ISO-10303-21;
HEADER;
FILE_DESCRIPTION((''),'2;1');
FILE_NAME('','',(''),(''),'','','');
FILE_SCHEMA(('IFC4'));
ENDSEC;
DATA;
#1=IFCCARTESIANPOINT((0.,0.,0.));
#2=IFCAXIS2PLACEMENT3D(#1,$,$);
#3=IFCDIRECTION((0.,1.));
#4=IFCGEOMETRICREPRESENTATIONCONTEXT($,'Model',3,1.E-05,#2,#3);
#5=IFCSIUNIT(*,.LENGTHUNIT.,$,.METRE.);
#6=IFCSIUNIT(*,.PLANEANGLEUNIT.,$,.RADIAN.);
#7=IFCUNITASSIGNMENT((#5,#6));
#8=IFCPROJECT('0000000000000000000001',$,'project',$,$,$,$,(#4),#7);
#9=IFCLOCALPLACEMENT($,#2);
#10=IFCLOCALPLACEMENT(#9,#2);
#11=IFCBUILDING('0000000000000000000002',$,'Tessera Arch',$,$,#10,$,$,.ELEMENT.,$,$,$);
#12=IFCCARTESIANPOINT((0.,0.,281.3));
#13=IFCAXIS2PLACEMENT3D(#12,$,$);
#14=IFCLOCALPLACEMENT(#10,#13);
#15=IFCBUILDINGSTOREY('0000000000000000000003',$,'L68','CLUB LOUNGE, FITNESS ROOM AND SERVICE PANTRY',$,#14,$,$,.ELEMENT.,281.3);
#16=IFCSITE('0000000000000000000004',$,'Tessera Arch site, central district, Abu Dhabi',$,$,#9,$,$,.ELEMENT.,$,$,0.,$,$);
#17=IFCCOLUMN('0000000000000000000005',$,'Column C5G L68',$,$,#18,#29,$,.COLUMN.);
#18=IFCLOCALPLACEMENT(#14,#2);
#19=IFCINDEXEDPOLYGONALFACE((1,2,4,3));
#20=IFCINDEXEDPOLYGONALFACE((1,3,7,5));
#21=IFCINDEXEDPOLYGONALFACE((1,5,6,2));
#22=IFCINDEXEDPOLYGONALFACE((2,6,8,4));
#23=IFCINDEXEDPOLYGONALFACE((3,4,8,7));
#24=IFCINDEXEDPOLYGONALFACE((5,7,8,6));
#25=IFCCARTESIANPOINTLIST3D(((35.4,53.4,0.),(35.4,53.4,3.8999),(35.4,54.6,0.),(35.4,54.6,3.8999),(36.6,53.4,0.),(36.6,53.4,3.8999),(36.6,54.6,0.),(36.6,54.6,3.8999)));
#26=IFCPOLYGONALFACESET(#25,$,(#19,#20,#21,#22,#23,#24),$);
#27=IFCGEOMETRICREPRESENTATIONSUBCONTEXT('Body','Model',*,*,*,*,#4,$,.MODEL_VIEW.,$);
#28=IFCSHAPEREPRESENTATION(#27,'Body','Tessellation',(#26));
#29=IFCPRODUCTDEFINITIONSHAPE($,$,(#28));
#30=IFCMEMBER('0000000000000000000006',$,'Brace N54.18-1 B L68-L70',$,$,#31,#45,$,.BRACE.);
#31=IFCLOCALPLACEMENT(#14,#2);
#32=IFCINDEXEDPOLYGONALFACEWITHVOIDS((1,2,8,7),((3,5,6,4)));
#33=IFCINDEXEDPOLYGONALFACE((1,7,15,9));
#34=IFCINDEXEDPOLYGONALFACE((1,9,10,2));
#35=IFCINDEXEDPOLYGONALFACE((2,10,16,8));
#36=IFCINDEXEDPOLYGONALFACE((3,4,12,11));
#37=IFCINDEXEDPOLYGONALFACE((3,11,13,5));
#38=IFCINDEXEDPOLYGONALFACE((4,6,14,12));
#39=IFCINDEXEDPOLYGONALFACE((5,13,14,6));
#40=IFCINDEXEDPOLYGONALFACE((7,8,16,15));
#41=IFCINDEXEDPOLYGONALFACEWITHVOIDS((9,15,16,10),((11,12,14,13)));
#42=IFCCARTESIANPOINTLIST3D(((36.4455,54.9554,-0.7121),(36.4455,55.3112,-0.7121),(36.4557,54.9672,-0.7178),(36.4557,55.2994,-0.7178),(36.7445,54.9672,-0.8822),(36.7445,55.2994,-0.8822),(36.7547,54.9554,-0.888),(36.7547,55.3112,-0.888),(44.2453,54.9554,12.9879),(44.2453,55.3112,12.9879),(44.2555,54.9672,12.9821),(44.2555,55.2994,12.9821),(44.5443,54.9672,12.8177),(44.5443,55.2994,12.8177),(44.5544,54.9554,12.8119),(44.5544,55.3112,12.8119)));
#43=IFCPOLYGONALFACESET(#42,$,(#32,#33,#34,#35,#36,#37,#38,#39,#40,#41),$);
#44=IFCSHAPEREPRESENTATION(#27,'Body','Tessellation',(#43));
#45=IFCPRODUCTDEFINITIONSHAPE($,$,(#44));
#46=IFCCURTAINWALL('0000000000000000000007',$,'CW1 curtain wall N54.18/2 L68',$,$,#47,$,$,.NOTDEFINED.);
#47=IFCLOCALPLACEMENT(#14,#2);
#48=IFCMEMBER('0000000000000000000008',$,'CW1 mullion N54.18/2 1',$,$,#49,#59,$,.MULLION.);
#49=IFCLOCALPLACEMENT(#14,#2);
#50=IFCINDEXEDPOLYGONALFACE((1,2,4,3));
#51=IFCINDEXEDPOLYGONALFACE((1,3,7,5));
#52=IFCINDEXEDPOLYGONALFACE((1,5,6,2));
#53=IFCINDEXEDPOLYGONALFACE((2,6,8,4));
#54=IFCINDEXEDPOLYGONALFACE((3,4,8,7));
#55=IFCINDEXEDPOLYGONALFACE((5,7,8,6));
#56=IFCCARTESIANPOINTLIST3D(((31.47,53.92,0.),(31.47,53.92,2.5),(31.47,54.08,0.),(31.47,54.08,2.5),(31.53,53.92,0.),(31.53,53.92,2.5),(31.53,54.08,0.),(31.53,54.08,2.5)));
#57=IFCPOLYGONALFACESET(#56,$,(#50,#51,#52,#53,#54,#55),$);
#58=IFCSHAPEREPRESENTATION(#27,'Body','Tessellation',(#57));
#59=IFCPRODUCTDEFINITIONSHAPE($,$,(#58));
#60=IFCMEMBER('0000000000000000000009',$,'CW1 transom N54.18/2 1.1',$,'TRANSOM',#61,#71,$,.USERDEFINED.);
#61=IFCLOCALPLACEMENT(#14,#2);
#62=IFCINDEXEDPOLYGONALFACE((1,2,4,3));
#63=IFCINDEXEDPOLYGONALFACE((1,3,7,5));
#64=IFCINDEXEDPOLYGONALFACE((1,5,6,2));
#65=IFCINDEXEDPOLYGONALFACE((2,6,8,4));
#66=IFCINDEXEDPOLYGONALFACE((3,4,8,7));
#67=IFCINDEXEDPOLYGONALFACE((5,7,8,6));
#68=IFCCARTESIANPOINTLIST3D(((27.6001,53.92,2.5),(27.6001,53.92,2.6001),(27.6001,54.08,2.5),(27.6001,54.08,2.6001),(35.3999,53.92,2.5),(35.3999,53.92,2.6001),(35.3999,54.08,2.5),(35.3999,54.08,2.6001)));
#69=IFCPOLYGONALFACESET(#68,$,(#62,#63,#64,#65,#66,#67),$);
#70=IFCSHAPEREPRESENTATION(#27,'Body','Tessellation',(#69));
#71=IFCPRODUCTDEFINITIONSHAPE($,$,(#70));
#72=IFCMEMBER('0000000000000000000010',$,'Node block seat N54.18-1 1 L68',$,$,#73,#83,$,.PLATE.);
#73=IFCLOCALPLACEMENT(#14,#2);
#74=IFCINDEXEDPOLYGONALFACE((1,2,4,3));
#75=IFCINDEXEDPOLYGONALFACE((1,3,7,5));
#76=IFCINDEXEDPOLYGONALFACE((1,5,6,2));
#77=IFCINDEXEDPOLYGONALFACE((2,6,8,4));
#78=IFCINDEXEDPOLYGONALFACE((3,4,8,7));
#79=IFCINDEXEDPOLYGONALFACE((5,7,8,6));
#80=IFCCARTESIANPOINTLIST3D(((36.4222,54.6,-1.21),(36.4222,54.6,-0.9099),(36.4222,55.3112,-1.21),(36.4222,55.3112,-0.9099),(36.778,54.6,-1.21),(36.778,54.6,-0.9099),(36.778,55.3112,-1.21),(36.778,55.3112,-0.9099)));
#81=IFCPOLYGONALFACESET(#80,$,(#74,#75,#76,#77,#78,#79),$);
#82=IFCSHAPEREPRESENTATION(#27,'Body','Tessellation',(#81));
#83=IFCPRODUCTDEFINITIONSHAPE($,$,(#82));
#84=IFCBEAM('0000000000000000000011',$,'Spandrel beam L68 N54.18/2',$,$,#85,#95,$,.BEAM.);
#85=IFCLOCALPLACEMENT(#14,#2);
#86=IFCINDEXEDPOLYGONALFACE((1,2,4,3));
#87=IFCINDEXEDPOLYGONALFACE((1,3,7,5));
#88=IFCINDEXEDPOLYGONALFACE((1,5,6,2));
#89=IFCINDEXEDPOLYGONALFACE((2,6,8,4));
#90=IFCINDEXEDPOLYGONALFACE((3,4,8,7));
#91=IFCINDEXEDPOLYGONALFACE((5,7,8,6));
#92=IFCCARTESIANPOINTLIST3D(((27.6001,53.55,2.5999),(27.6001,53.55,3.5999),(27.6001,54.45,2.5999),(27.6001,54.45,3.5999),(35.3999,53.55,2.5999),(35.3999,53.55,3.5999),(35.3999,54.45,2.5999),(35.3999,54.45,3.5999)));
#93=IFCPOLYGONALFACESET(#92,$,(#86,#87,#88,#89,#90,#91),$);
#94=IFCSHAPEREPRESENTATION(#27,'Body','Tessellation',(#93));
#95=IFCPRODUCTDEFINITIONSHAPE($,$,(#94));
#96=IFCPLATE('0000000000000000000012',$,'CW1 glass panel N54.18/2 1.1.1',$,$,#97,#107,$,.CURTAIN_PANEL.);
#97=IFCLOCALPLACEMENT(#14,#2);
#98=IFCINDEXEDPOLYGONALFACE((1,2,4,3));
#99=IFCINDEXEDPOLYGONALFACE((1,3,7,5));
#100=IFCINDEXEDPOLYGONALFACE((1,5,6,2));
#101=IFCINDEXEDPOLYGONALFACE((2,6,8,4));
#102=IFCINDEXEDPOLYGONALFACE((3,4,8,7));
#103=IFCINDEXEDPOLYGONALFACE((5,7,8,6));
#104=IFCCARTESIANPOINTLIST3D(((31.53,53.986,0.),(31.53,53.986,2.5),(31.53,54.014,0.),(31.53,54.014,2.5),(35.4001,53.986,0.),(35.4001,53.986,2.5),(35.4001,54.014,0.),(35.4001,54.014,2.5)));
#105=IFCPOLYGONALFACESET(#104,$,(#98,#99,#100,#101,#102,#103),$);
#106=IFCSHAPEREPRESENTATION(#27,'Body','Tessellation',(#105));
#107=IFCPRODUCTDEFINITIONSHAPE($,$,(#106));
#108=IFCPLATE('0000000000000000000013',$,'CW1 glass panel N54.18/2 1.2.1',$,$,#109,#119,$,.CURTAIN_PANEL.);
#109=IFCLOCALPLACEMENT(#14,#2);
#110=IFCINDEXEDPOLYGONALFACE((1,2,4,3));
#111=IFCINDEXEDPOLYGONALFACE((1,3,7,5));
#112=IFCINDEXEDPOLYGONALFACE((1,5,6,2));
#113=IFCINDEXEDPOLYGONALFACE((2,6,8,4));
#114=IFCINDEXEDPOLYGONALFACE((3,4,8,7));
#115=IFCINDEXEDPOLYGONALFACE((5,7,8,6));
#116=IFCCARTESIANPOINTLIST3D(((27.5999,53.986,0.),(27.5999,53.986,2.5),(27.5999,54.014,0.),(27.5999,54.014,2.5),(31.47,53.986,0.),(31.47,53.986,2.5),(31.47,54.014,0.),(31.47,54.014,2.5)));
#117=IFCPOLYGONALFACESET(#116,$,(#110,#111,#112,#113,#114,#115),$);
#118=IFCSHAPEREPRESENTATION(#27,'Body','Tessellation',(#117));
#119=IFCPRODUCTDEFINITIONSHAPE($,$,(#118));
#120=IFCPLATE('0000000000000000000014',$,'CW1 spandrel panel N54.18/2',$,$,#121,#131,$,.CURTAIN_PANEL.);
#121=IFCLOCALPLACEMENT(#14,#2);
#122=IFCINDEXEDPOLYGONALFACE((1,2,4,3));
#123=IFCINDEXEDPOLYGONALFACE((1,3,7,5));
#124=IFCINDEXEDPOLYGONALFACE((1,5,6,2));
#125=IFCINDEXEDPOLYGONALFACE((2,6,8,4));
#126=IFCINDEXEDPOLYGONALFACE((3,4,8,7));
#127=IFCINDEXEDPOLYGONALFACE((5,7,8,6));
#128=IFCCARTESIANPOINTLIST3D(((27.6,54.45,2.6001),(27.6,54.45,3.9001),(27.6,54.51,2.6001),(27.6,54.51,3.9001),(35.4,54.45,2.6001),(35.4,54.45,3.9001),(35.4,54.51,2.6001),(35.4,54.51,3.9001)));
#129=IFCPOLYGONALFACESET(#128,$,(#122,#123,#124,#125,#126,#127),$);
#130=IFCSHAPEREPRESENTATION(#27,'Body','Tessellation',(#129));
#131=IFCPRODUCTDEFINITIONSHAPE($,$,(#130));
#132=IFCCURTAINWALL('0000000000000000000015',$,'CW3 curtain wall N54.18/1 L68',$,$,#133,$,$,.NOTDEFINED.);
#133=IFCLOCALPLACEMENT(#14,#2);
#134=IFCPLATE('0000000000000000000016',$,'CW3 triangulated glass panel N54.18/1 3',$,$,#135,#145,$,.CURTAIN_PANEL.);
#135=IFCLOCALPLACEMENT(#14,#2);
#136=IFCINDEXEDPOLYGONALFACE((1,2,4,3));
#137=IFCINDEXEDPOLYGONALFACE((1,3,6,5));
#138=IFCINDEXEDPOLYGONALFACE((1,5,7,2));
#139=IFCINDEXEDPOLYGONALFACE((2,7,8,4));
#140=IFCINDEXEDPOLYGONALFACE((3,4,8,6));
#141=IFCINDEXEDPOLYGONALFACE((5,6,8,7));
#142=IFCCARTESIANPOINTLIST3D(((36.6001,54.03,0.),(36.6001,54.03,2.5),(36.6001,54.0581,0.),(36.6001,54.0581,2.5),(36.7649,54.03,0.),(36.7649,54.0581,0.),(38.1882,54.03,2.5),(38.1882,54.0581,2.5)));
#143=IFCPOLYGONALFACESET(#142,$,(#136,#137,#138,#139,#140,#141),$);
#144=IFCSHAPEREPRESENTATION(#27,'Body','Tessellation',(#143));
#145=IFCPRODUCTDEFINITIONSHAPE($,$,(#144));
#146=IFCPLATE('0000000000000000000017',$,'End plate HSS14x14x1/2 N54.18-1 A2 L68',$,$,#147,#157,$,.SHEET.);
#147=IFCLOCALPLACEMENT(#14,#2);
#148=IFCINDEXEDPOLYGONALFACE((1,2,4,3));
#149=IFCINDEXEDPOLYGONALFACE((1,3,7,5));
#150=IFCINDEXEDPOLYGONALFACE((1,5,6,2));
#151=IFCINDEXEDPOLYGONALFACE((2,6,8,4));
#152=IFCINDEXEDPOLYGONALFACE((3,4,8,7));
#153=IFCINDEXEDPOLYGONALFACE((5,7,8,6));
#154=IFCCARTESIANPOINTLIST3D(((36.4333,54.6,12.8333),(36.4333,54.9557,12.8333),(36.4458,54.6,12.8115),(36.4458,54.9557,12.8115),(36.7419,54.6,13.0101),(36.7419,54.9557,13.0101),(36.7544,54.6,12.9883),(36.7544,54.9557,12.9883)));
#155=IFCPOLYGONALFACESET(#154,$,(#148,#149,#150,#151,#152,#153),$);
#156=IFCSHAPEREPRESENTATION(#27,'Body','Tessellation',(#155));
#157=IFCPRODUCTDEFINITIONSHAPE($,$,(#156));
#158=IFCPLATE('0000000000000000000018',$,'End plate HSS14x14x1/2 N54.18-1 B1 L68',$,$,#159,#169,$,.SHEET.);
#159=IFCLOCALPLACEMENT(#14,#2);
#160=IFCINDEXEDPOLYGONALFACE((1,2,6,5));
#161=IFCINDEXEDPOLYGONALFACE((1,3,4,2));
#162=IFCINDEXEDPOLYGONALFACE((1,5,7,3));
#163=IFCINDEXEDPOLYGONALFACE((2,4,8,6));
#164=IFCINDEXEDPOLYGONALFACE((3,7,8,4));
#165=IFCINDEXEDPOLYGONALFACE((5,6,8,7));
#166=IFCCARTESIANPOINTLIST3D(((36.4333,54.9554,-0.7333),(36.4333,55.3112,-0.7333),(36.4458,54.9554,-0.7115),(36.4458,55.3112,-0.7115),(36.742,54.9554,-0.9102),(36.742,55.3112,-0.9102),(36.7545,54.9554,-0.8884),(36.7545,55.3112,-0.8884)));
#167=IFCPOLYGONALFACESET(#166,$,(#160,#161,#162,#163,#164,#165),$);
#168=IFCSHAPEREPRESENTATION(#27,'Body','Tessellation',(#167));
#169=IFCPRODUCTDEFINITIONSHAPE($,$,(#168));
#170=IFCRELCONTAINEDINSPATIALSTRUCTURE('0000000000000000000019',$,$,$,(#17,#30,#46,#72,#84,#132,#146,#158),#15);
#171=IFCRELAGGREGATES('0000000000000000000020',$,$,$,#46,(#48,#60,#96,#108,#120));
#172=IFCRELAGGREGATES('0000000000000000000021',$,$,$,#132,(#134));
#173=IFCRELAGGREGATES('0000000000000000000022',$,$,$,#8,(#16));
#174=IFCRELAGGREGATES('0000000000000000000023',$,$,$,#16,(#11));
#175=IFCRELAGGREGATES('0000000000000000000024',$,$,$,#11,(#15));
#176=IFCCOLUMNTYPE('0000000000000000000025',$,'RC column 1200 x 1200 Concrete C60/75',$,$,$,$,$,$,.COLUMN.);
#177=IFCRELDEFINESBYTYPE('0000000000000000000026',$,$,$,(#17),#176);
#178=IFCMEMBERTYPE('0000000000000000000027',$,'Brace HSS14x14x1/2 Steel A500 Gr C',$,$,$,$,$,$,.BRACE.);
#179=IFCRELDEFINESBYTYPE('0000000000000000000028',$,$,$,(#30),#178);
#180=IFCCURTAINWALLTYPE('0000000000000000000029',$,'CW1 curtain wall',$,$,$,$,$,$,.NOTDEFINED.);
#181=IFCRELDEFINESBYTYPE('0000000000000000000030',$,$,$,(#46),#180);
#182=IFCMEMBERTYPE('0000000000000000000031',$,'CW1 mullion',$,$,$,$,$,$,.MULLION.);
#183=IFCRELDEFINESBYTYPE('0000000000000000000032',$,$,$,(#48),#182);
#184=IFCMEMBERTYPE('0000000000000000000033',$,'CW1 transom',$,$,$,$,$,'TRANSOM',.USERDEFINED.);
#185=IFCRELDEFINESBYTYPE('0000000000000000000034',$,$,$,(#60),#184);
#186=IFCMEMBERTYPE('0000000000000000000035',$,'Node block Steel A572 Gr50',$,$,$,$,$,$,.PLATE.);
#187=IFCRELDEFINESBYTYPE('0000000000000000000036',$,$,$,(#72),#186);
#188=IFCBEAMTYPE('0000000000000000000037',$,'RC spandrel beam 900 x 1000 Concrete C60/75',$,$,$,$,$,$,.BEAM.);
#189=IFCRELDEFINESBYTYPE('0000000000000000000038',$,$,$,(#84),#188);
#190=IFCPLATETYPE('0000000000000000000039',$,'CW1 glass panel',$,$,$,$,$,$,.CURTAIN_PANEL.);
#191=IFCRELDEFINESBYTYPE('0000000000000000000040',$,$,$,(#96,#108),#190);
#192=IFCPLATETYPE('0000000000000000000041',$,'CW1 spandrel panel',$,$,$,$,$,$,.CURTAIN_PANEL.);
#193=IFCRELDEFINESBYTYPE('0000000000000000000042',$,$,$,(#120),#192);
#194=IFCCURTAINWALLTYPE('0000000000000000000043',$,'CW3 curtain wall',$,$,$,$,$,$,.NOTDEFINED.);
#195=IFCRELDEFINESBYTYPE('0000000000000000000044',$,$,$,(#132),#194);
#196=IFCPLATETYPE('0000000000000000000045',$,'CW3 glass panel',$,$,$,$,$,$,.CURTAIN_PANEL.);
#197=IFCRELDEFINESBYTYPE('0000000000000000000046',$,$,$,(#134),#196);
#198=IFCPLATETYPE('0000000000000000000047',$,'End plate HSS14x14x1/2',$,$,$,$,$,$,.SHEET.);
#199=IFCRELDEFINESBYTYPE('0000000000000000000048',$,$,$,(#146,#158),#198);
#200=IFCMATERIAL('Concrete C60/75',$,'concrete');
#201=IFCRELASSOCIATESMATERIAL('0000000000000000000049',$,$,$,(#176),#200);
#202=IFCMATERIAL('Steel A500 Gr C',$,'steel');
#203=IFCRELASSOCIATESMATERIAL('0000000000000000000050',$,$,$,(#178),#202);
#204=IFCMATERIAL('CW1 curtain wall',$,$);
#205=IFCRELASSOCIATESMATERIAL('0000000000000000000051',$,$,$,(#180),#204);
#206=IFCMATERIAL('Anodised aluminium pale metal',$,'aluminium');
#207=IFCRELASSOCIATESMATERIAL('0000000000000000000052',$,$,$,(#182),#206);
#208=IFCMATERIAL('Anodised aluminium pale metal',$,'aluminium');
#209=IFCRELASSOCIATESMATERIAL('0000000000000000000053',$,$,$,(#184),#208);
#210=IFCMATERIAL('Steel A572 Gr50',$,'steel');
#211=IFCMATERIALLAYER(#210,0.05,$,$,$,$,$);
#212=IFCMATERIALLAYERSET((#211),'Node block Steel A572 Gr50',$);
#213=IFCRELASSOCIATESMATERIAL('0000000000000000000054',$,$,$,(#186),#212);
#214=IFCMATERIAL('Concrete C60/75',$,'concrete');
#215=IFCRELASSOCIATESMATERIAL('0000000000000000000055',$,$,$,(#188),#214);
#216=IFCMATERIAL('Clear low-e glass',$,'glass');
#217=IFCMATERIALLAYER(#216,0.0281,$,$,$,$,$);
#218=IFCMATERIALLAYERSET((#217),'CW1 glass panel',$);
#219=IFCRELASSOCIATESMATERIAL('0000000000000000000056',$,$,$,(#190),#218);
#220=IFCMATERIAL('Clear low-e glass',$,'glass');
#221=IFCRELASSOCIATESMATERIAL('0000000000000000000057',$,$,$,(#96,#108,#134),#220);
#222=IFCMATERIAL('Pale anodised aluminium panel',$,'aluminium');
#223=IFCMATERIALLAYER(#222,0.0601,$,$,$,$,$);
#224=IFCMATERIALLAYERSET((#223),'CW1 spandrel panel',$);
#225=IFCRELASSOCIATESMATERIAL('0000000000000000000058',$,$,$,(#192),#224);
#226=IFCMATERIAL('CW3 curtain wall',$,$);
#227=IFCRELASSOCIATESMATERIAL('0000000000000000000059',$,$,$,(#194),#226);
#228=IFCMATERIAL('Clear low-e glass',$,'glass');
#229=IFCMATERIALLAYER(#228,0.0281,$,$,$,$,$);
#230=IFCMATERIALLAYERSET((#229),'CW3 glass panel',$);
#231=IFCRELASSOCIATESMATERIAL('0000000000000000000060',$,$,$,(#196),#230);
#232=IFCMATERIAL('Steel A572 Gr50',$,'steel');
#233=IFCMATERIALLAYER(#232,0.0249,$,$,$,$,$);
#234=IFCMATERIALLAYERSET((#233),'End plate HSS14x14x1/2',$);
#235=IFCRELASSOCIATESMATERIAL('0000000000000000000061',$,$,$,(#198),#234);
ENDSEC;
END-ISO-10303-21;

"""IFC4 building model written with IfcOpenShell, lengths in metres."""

from ifc_helpers import new_model, si_unit, direction, frame, origin, origin_2d, place, context, subcontext, project, spatial, polyline, rectangle, hollow_rectangle, outline, extrude, material, layer, layer_set, material_profile, profile_set, type_object, element, aggregate, save


model = new_model("IFC4")

# Units and contexts
model_context = context("Model", 3, precision=1e-05, world=origin(), true_north=direction((0.0, 1.0)))
body_context = subcontext(model_context, "Body", "Model", "MODEL_VIEW")
ifc_project = project(units=[si_unit("LENGTHUNIT", "METRE"), si_unit("PLANEANGLEUNIT", "RADIAN")], contexts=[model_context])

# Site, building, storey
site_placement = place(None, origin())
site = spatial("IfcSite", under=ifc_project, at=site_placement, Name="Tessera Arch site, central district, Abu Dhabi", CompositionType="ELEMENT", RefElevation=0.0)
building_placement = place(site_placement, origin())
building = spatial("IfcBuilding", under=site, at=building_placement, Name="Tessera Arch", CompositionType="ELEMENT")
storey_placement = place(building_placement, frame((0.0, 0.0, 281.3)))
storey = spatial("IfcBuildingStorey", under=building, at=storey_placement, Name="L68", Description="CLUB LOUNGE, FITNESS ROOM AND SERVICE PANTRY", CompositionType="ELEMENT", Elevation=281.3)

# Column
ifc_material_1 = material(Name="Concrete C60/75", Category="concrete")
ifc_material_profile_1 = material_profile(ifc_material_1, rectangle(XDim=1.2, YDim=1.2, at=origin_2d()), Name="RC column 1200 x 1200 Concrete C60/75")
ifc_profile_set_1 = profile_set([ifc_material_profile_1], Name="Concrete C60/75")
column_type = type_object("IfcColumnType", Name="RC column 1200 x 1200 Concrete C60/75", PredefinedType="COLUMN", material=ifc_profile_set_1)
column_placement = place(storey_placement, frame((36.0, 54.0, 0.0), z_axis=(0.0, 0.0, 1.0), x_axis=(1.0, 0.0, 0.0)))
element("IfcColumn", 1, at=column_placement, inside=storey, type_object=column_type, Name="Column C5G L68", PredefinedType="COLUMN", context=body_context, shape_type="SweptSolid", body=[
    extrude(rectangle(XDim=1.2, YDim=1.2, at=origin_2d()), origin(), (0.0, 0.0, 1.0), 3.8999),
])

# Member
ifc_material_2 = material(Name="Steel A500 Gr C", Category="steel")
ifc_material_profile_2 = material_profile(ifc_material_2, hollow_rectangle(XDim=0.3557, YDim=0.3557, WallThickness=0.0117, at=origin_2d()), Name="HSS14x14x1/2")
ifc_profile_set_2 = profile_set([ifc_material_profile_2], Name="Steel A500 Gr C")
member_type_1 = type_object("IfcMemberType", Name="Brace HSS14x14x1/2 Steel A500 Gr C", PredefinedType="BRACE", material=ifc_profile_set_2)
member_1_placement = place(storey_placement, frame((36.6001, 55.1333, -0.8), z_axis=(0.494764, 0.0, 0.869027), x_axis=(0.0, 1.0, 0.0)))
element("IfcMember", 2, at=member_1_placement, inside=storey, type_object=member_type_1, Name="Brace N54.18-1 B L68-L70", PredefinedType="BRACE", context=body_context, shape_type="SweptSolid", body=[
    extrude(hollow_rectangle(XDim=0.3557, YDim=0.3557, WallThickness=0.0117, at=origin_2d()), origin(), (0.0, 0.0, 1.0), 15.7646),
])

# Curtain wall, members
ifc_material_3 = material(Name="CW1 curtain wall")
curtain_wall_type_1 = type_object("IfcCurtainWallType", Name="CW1 curtain wall", PredefinedType="NOTDEFINED", material=ifc_material_3)
curtain_wall_1_placement = place(storey_placement, origin())
curtain_wall_1 = element("IfcCurtainWall", 3, at=curtain_wall_1_placement, inside=storey, type_object=curtain_wall_type_1, Name="CW1 curtain wall N54.18/2 L68", PredefinedType="NOTDEFINED")
ifc_material_4 = material(Name="Anodised aluminium pale metal", Category="aluminium")
ifc_material_profile_3 = material_profile(ifc_material_4, rectangle(XDim=0.1599, YDim=0.0601, at=origin_2d()), Name="AL 60x160")
ifc_profile_set_3 = profile_set([ifc_material_profile_3], Name="Anodised aluminium pale metal")
member_type_2 = type_object("IfcMemberType", Name="CW1 mullion", PredefinedType="MULLION", material=ifc_profile_set_3)
member_2_placement = place(storey_placement, frame((31.5, 54.0, 0.0), z_axis=(0.0, 0.0, 1.0), x_axis=(0.0, -1.0, 0.0)))
member_2 = element("IfcMember", 4, at=member_2_placement, type_object=member_type_2, Name="CW1 mullion N54.18/2 1", PredefinedType="MULLION", context=body_context, shape_type="SweptSolid", body=[
    extrude(rectangle(XDim=0.1599, YDim=0.0601, at=origin_2d()), origin(), (0.0, 0.0, 1.0), 2.5),
])
ifc_material_5 = material(Name="Anodised aluminium pale metal", Category="aluminium")
ifc_material_profile_4 = material_profile(ifc_material_5, rectangle(XDim=0.1599, YDim=0.1001, at=origin_2d()), Name="AL 160x100")
ifc_profile_set_4 = profile_set([ifc_material_profile_4], Name="Anodised aluminium pale metal")
member_type_3 = type_object("IfcMemberType", Name="CW1 transom", ElementType="TRANSOM", PredefinedType="USERDEFINED", material=ifc_profile_set_4)
member_3_placement = place(storey_placement, frame((35.3999, 54.0, 2.55), z_axis=(-1.0, 0.0, 0.0), x_axis=(0.0, -1.0, 0.0)))
member_3 = element("IfcMember", 5, at=member_3_placement, type_object=member_type_3, Name="CW1 transom N54.18/2 1.1", ObjectType="TRANSOM", PredefinedType="USERDEFINED", context=body_context, shape_type="SweptSolid", body=[
    extrude(rectangle(XDim=0.1599, YDim=0.1001, at=origin_2d()), origin(), (0.0, 0.0, 1.0), 7.7998),
])

# Member
ifc_material_6 = material(Name="Steel A572 Gr50", Category="steel")
ifc_layer_1 = layer(ifc_material_6, 0.05)
ifc_layer_set_1 = layer_set([ifc_layer_1], Name="Node block Steel A572 Gr50")
member_type_4 = type_object("IfcMemberType", Name="Node block Steel A572 Gr50", PredefinedType="PLATE", material=ifc_layer_set_1)
member_4_placement = place(storey_placement, frame((36.6001, 54.9556, -1.21), z_axis=(0.0, 0.0, 1.0), x_axis=(-1.0, 0.0, 0.0)))
element("IfcMember", 6, at=member_4_placement, inside=storey, type_object=member_type_4, Name="Node block seat N54.18-1 1 L68", PredefinedType="PLATE", context=body_context, shape_type="SweptSolid", body=[
    extrude(rectangle(XDim=0.3557, YDim=0.7112, at=origin_2d()), origin(), (0.0, 0.0, 1.0), 0.3),
])

# Beam
ifc_material_7 = material(Name="Concrete C60/75", Category="concrete")
ifc_material_profile_5 = material_profile(ifc_material_7, rectangle(XDim=0.8999, YDim=1.0, at=origin_2d()), Name="RC spandrel beam 900 x 1000 Concrete C60/75")
ifc_profile_set_5 = profile_set([ifc_material_profile_5], Name="Concrete C60/75")
beam_type = type_object("IfcBeamType", Name="RC spandrel beam 900 x 1000 Concrete C60/75", PredefinedType="BEAM", material=ifc_profile_set_5)
beam_placement = place(storey_placement, frame((35.3999, 54.0, 3.0999), z_axis=(-1.0, 0.0, 0.0), x_axis=(0.0, -1.0, 0.0)))
element("IfcBeam", 7, at=beam_placement, inside=storey, type_object=beam_type, Name="Spandrel beam L68 N54.18/2", PredefinedType="BEAM", context=body_context, shape_type="SweptSolid", body=[
    extrude(rectangle(XDim=0.8999, YDim=1.0, at=origin_2d()), origin(), (0.0, 0.0, 1.0), 7.7998),
])

# Plates
ifc_material_8 = material(Name="Clear low-e glass", Category="glass")
ifc_material_9 = material(Name="Clear low-e glass", Category="glass")
ifc_layer_2 = layer(ifc_material_9, 0.0281)
ifc_layer_set_2 = layer_set([ifc_layer_2], Name="CW1 glass panel")
plate_type_1 = type_object("IfcPlateType", Name="CW1 glass panel", PredefinedType="CURTAIN_PANEL", material=ifc_layer_set_2)
plate_1_placement = place(storey_placement, frame((33.4651, 54.0, 0.0), z_axis=(0.0, 0.0, 1.0), x_axis=(-1.0, 0.0, 0.0)))
plate_1 = element("IfcPlate", 8, at=plate_1_placement, type_object=plate_type_1, material=ifc_material_8, Name="CW1 glass panel N54.18/2 1.1.1", PredefinedType="CURTAIN_PANEL", context=body_context, shape_type="SweptSolid", body=[
    extrude(rectangle(XDim=3.8701, YDim=0.0281, at=origin_2d()), origin(), (0.0, 0.0, 1.0), 2.5),
])
plate_2_placement = place(storey_placement, frame((29.5349, 54.0, 0.0), z_axis=(0.0, 0.0, 1.0), x_axis=(-1.0, 0.0, 0.0)))
plate_2 = element("IfcPlate", 9, at=plate_2_placement, type_object=plate_type_1, material=ifc_material_8, Name="CW1 glass panel N54.18/2 1.2.1", PredefinedType="CURTAIN_PANEL", context=body_context, shape_type="SweptSolid", body=[
    extrude(rectangle(XDim=3.8701, YDim=0.0281, at=origin_2d()), origin(), (0.0, 0.0, 1.0), 2.5),
])
ifc_material_10 = material(Name="Pale anodised aluminium panel", Category="aluminium")
ifc_layer_3 = layer(ifc_material_10, 0.0601)
ifc_layer_set_3 = layer_set([ifc_layer_3], Name="CW1 spandrel panel")
plate_type_2 = type_object("IfcPlateType", Name="CW1 spandrel panel", PredefinedType="CURTAIN_PANEL", material=ifc_layer_set_3)
plate_3_placement = place(storey_placement, frame((31.5, 54.48, 2.6001), z_axis=(0.0, 0.0, 1.0), x_axis=(-1.0, 0.0, 0.0)))
plate_3 = element("IfcPlate", 10, at=plate_3_placement, type_object=plate_type_2, Name="CW1 spandrel panel N54.18/2", PredefinedType="CURTAIN_PANEL", context=body_context, shape_type="SweptSolid", body=[
    extrude(rectangle(XDim=7.8, YDim=0.0601, at=origin_2d()), origin(), (0.0, 0.0, 1.0), 1.3),
])
aggregate(curtain_wall_1, [member_2, member_3, plate_1, plate_2, plate_3])

# Curtain wall, plate
ifc_material_11 = material(Name="CW3 curtain wall")
curtain_wall_type_2 = type_object("IfcCurtainWallType", Name="CW3 curtain wall", PredefinedType="NOTDEFINED", material=ifc_material_11)
curtain_wall_2_placement = place(storey_placement, origin())
curtain_wall_2 = element("IfcCurtainWall", 11, at=curtain_wall_2_placement, inside=storey, type_object=curtain_wall_type_2, Name="CW3 curtain wall N54.18/1 L68", PredefinedType="NOTDEFINED")
ifc_material_12 = material(Name="Clear low-e glass", Category="glass")
ifc_layer_4 = layer(ifc_material_12, 0.0281)
ifc_layer_set_4 = layer_set([ifc_layer_4], Name="CW3 glass panel")
plate_type_3 = type_object("IfcPlateType", Name="CW3 glass panel", PredefinedType="CURTAIN_PANEL", material=ifc_layer_set_4)
plate_4_placement = place(storey_placement, frame((36.6001, 54.0581, 2.5), z_axis=(0.0, 1.0, 0.0), x_axis=(1.0, 0.0, 0.0)))
plate_4 = element("IfcPlate", 12, at=plate_4_placement, type_object=plate_type_3, material=ifc_material_8, Name="CW3 triangulated glass panel N54.18/1 3", PredefinedType="CURTAIN_PANEL", context=body_context, shape_type="SweptSolid", body=[
    extrude(outline(polyline([(0.0, 0.0), (1.5881, 0.0), (0.1648, 2.5), (0.0, 2.5), (0.0, 0.0)])), origin(), (0.0, 0.0, -1.0), 0.0281),
])
aggregate(curtain_wall_2, [plate_4])

# Plates
ifc_material_13 = material(Name="Steel A572 Gr50", Category="steel")
ifc_layer_5 = layer(ifc_material_13, 0.0249)
ifc_layer_set_5 = layer_set([ifc_layer_5], Name="End plate HSS14x14x1/2")
plate_type_4 = type_object("IfcPlateType", Name="End plate HSS14x14x1/2", PredefinedType="SHEET", material=ifc_layer_set_5)
for number, where, z_axis, x_axis, name in (
    (13, (36.6001, 54.7778, 12.8999), (-0.497188, 0.0, 0.867643), (0.0, -1.0, 0.0), "End plate HSS14x14x1/2 N54.18-1 A2 L68"),
    (14, (36.5876, 55.1333, -0.8218), (0.497188, 0.0, 0.867643), (0.0, 1.0, 0.0), "End plate HSS14x14x1/2 N54.18-1 B1 L68"),
):
    element("IfcPlate", number, at=place(storey_placement, frame(where, z_axis=z_axis, x_axis=x_axis)), inside=storey, type_object=plate_type_4, Name=name, PredefinedType="SHEET", context=body_context, shape_type="SweptSolid", body=[
        extrude(rectangle(XDim=0.3557, YDim=0.3557, at=origin_2d()), origin(), (0.0, 0.0, 1.0), 0.0251),
    ])

save(model, "model.ifc")
